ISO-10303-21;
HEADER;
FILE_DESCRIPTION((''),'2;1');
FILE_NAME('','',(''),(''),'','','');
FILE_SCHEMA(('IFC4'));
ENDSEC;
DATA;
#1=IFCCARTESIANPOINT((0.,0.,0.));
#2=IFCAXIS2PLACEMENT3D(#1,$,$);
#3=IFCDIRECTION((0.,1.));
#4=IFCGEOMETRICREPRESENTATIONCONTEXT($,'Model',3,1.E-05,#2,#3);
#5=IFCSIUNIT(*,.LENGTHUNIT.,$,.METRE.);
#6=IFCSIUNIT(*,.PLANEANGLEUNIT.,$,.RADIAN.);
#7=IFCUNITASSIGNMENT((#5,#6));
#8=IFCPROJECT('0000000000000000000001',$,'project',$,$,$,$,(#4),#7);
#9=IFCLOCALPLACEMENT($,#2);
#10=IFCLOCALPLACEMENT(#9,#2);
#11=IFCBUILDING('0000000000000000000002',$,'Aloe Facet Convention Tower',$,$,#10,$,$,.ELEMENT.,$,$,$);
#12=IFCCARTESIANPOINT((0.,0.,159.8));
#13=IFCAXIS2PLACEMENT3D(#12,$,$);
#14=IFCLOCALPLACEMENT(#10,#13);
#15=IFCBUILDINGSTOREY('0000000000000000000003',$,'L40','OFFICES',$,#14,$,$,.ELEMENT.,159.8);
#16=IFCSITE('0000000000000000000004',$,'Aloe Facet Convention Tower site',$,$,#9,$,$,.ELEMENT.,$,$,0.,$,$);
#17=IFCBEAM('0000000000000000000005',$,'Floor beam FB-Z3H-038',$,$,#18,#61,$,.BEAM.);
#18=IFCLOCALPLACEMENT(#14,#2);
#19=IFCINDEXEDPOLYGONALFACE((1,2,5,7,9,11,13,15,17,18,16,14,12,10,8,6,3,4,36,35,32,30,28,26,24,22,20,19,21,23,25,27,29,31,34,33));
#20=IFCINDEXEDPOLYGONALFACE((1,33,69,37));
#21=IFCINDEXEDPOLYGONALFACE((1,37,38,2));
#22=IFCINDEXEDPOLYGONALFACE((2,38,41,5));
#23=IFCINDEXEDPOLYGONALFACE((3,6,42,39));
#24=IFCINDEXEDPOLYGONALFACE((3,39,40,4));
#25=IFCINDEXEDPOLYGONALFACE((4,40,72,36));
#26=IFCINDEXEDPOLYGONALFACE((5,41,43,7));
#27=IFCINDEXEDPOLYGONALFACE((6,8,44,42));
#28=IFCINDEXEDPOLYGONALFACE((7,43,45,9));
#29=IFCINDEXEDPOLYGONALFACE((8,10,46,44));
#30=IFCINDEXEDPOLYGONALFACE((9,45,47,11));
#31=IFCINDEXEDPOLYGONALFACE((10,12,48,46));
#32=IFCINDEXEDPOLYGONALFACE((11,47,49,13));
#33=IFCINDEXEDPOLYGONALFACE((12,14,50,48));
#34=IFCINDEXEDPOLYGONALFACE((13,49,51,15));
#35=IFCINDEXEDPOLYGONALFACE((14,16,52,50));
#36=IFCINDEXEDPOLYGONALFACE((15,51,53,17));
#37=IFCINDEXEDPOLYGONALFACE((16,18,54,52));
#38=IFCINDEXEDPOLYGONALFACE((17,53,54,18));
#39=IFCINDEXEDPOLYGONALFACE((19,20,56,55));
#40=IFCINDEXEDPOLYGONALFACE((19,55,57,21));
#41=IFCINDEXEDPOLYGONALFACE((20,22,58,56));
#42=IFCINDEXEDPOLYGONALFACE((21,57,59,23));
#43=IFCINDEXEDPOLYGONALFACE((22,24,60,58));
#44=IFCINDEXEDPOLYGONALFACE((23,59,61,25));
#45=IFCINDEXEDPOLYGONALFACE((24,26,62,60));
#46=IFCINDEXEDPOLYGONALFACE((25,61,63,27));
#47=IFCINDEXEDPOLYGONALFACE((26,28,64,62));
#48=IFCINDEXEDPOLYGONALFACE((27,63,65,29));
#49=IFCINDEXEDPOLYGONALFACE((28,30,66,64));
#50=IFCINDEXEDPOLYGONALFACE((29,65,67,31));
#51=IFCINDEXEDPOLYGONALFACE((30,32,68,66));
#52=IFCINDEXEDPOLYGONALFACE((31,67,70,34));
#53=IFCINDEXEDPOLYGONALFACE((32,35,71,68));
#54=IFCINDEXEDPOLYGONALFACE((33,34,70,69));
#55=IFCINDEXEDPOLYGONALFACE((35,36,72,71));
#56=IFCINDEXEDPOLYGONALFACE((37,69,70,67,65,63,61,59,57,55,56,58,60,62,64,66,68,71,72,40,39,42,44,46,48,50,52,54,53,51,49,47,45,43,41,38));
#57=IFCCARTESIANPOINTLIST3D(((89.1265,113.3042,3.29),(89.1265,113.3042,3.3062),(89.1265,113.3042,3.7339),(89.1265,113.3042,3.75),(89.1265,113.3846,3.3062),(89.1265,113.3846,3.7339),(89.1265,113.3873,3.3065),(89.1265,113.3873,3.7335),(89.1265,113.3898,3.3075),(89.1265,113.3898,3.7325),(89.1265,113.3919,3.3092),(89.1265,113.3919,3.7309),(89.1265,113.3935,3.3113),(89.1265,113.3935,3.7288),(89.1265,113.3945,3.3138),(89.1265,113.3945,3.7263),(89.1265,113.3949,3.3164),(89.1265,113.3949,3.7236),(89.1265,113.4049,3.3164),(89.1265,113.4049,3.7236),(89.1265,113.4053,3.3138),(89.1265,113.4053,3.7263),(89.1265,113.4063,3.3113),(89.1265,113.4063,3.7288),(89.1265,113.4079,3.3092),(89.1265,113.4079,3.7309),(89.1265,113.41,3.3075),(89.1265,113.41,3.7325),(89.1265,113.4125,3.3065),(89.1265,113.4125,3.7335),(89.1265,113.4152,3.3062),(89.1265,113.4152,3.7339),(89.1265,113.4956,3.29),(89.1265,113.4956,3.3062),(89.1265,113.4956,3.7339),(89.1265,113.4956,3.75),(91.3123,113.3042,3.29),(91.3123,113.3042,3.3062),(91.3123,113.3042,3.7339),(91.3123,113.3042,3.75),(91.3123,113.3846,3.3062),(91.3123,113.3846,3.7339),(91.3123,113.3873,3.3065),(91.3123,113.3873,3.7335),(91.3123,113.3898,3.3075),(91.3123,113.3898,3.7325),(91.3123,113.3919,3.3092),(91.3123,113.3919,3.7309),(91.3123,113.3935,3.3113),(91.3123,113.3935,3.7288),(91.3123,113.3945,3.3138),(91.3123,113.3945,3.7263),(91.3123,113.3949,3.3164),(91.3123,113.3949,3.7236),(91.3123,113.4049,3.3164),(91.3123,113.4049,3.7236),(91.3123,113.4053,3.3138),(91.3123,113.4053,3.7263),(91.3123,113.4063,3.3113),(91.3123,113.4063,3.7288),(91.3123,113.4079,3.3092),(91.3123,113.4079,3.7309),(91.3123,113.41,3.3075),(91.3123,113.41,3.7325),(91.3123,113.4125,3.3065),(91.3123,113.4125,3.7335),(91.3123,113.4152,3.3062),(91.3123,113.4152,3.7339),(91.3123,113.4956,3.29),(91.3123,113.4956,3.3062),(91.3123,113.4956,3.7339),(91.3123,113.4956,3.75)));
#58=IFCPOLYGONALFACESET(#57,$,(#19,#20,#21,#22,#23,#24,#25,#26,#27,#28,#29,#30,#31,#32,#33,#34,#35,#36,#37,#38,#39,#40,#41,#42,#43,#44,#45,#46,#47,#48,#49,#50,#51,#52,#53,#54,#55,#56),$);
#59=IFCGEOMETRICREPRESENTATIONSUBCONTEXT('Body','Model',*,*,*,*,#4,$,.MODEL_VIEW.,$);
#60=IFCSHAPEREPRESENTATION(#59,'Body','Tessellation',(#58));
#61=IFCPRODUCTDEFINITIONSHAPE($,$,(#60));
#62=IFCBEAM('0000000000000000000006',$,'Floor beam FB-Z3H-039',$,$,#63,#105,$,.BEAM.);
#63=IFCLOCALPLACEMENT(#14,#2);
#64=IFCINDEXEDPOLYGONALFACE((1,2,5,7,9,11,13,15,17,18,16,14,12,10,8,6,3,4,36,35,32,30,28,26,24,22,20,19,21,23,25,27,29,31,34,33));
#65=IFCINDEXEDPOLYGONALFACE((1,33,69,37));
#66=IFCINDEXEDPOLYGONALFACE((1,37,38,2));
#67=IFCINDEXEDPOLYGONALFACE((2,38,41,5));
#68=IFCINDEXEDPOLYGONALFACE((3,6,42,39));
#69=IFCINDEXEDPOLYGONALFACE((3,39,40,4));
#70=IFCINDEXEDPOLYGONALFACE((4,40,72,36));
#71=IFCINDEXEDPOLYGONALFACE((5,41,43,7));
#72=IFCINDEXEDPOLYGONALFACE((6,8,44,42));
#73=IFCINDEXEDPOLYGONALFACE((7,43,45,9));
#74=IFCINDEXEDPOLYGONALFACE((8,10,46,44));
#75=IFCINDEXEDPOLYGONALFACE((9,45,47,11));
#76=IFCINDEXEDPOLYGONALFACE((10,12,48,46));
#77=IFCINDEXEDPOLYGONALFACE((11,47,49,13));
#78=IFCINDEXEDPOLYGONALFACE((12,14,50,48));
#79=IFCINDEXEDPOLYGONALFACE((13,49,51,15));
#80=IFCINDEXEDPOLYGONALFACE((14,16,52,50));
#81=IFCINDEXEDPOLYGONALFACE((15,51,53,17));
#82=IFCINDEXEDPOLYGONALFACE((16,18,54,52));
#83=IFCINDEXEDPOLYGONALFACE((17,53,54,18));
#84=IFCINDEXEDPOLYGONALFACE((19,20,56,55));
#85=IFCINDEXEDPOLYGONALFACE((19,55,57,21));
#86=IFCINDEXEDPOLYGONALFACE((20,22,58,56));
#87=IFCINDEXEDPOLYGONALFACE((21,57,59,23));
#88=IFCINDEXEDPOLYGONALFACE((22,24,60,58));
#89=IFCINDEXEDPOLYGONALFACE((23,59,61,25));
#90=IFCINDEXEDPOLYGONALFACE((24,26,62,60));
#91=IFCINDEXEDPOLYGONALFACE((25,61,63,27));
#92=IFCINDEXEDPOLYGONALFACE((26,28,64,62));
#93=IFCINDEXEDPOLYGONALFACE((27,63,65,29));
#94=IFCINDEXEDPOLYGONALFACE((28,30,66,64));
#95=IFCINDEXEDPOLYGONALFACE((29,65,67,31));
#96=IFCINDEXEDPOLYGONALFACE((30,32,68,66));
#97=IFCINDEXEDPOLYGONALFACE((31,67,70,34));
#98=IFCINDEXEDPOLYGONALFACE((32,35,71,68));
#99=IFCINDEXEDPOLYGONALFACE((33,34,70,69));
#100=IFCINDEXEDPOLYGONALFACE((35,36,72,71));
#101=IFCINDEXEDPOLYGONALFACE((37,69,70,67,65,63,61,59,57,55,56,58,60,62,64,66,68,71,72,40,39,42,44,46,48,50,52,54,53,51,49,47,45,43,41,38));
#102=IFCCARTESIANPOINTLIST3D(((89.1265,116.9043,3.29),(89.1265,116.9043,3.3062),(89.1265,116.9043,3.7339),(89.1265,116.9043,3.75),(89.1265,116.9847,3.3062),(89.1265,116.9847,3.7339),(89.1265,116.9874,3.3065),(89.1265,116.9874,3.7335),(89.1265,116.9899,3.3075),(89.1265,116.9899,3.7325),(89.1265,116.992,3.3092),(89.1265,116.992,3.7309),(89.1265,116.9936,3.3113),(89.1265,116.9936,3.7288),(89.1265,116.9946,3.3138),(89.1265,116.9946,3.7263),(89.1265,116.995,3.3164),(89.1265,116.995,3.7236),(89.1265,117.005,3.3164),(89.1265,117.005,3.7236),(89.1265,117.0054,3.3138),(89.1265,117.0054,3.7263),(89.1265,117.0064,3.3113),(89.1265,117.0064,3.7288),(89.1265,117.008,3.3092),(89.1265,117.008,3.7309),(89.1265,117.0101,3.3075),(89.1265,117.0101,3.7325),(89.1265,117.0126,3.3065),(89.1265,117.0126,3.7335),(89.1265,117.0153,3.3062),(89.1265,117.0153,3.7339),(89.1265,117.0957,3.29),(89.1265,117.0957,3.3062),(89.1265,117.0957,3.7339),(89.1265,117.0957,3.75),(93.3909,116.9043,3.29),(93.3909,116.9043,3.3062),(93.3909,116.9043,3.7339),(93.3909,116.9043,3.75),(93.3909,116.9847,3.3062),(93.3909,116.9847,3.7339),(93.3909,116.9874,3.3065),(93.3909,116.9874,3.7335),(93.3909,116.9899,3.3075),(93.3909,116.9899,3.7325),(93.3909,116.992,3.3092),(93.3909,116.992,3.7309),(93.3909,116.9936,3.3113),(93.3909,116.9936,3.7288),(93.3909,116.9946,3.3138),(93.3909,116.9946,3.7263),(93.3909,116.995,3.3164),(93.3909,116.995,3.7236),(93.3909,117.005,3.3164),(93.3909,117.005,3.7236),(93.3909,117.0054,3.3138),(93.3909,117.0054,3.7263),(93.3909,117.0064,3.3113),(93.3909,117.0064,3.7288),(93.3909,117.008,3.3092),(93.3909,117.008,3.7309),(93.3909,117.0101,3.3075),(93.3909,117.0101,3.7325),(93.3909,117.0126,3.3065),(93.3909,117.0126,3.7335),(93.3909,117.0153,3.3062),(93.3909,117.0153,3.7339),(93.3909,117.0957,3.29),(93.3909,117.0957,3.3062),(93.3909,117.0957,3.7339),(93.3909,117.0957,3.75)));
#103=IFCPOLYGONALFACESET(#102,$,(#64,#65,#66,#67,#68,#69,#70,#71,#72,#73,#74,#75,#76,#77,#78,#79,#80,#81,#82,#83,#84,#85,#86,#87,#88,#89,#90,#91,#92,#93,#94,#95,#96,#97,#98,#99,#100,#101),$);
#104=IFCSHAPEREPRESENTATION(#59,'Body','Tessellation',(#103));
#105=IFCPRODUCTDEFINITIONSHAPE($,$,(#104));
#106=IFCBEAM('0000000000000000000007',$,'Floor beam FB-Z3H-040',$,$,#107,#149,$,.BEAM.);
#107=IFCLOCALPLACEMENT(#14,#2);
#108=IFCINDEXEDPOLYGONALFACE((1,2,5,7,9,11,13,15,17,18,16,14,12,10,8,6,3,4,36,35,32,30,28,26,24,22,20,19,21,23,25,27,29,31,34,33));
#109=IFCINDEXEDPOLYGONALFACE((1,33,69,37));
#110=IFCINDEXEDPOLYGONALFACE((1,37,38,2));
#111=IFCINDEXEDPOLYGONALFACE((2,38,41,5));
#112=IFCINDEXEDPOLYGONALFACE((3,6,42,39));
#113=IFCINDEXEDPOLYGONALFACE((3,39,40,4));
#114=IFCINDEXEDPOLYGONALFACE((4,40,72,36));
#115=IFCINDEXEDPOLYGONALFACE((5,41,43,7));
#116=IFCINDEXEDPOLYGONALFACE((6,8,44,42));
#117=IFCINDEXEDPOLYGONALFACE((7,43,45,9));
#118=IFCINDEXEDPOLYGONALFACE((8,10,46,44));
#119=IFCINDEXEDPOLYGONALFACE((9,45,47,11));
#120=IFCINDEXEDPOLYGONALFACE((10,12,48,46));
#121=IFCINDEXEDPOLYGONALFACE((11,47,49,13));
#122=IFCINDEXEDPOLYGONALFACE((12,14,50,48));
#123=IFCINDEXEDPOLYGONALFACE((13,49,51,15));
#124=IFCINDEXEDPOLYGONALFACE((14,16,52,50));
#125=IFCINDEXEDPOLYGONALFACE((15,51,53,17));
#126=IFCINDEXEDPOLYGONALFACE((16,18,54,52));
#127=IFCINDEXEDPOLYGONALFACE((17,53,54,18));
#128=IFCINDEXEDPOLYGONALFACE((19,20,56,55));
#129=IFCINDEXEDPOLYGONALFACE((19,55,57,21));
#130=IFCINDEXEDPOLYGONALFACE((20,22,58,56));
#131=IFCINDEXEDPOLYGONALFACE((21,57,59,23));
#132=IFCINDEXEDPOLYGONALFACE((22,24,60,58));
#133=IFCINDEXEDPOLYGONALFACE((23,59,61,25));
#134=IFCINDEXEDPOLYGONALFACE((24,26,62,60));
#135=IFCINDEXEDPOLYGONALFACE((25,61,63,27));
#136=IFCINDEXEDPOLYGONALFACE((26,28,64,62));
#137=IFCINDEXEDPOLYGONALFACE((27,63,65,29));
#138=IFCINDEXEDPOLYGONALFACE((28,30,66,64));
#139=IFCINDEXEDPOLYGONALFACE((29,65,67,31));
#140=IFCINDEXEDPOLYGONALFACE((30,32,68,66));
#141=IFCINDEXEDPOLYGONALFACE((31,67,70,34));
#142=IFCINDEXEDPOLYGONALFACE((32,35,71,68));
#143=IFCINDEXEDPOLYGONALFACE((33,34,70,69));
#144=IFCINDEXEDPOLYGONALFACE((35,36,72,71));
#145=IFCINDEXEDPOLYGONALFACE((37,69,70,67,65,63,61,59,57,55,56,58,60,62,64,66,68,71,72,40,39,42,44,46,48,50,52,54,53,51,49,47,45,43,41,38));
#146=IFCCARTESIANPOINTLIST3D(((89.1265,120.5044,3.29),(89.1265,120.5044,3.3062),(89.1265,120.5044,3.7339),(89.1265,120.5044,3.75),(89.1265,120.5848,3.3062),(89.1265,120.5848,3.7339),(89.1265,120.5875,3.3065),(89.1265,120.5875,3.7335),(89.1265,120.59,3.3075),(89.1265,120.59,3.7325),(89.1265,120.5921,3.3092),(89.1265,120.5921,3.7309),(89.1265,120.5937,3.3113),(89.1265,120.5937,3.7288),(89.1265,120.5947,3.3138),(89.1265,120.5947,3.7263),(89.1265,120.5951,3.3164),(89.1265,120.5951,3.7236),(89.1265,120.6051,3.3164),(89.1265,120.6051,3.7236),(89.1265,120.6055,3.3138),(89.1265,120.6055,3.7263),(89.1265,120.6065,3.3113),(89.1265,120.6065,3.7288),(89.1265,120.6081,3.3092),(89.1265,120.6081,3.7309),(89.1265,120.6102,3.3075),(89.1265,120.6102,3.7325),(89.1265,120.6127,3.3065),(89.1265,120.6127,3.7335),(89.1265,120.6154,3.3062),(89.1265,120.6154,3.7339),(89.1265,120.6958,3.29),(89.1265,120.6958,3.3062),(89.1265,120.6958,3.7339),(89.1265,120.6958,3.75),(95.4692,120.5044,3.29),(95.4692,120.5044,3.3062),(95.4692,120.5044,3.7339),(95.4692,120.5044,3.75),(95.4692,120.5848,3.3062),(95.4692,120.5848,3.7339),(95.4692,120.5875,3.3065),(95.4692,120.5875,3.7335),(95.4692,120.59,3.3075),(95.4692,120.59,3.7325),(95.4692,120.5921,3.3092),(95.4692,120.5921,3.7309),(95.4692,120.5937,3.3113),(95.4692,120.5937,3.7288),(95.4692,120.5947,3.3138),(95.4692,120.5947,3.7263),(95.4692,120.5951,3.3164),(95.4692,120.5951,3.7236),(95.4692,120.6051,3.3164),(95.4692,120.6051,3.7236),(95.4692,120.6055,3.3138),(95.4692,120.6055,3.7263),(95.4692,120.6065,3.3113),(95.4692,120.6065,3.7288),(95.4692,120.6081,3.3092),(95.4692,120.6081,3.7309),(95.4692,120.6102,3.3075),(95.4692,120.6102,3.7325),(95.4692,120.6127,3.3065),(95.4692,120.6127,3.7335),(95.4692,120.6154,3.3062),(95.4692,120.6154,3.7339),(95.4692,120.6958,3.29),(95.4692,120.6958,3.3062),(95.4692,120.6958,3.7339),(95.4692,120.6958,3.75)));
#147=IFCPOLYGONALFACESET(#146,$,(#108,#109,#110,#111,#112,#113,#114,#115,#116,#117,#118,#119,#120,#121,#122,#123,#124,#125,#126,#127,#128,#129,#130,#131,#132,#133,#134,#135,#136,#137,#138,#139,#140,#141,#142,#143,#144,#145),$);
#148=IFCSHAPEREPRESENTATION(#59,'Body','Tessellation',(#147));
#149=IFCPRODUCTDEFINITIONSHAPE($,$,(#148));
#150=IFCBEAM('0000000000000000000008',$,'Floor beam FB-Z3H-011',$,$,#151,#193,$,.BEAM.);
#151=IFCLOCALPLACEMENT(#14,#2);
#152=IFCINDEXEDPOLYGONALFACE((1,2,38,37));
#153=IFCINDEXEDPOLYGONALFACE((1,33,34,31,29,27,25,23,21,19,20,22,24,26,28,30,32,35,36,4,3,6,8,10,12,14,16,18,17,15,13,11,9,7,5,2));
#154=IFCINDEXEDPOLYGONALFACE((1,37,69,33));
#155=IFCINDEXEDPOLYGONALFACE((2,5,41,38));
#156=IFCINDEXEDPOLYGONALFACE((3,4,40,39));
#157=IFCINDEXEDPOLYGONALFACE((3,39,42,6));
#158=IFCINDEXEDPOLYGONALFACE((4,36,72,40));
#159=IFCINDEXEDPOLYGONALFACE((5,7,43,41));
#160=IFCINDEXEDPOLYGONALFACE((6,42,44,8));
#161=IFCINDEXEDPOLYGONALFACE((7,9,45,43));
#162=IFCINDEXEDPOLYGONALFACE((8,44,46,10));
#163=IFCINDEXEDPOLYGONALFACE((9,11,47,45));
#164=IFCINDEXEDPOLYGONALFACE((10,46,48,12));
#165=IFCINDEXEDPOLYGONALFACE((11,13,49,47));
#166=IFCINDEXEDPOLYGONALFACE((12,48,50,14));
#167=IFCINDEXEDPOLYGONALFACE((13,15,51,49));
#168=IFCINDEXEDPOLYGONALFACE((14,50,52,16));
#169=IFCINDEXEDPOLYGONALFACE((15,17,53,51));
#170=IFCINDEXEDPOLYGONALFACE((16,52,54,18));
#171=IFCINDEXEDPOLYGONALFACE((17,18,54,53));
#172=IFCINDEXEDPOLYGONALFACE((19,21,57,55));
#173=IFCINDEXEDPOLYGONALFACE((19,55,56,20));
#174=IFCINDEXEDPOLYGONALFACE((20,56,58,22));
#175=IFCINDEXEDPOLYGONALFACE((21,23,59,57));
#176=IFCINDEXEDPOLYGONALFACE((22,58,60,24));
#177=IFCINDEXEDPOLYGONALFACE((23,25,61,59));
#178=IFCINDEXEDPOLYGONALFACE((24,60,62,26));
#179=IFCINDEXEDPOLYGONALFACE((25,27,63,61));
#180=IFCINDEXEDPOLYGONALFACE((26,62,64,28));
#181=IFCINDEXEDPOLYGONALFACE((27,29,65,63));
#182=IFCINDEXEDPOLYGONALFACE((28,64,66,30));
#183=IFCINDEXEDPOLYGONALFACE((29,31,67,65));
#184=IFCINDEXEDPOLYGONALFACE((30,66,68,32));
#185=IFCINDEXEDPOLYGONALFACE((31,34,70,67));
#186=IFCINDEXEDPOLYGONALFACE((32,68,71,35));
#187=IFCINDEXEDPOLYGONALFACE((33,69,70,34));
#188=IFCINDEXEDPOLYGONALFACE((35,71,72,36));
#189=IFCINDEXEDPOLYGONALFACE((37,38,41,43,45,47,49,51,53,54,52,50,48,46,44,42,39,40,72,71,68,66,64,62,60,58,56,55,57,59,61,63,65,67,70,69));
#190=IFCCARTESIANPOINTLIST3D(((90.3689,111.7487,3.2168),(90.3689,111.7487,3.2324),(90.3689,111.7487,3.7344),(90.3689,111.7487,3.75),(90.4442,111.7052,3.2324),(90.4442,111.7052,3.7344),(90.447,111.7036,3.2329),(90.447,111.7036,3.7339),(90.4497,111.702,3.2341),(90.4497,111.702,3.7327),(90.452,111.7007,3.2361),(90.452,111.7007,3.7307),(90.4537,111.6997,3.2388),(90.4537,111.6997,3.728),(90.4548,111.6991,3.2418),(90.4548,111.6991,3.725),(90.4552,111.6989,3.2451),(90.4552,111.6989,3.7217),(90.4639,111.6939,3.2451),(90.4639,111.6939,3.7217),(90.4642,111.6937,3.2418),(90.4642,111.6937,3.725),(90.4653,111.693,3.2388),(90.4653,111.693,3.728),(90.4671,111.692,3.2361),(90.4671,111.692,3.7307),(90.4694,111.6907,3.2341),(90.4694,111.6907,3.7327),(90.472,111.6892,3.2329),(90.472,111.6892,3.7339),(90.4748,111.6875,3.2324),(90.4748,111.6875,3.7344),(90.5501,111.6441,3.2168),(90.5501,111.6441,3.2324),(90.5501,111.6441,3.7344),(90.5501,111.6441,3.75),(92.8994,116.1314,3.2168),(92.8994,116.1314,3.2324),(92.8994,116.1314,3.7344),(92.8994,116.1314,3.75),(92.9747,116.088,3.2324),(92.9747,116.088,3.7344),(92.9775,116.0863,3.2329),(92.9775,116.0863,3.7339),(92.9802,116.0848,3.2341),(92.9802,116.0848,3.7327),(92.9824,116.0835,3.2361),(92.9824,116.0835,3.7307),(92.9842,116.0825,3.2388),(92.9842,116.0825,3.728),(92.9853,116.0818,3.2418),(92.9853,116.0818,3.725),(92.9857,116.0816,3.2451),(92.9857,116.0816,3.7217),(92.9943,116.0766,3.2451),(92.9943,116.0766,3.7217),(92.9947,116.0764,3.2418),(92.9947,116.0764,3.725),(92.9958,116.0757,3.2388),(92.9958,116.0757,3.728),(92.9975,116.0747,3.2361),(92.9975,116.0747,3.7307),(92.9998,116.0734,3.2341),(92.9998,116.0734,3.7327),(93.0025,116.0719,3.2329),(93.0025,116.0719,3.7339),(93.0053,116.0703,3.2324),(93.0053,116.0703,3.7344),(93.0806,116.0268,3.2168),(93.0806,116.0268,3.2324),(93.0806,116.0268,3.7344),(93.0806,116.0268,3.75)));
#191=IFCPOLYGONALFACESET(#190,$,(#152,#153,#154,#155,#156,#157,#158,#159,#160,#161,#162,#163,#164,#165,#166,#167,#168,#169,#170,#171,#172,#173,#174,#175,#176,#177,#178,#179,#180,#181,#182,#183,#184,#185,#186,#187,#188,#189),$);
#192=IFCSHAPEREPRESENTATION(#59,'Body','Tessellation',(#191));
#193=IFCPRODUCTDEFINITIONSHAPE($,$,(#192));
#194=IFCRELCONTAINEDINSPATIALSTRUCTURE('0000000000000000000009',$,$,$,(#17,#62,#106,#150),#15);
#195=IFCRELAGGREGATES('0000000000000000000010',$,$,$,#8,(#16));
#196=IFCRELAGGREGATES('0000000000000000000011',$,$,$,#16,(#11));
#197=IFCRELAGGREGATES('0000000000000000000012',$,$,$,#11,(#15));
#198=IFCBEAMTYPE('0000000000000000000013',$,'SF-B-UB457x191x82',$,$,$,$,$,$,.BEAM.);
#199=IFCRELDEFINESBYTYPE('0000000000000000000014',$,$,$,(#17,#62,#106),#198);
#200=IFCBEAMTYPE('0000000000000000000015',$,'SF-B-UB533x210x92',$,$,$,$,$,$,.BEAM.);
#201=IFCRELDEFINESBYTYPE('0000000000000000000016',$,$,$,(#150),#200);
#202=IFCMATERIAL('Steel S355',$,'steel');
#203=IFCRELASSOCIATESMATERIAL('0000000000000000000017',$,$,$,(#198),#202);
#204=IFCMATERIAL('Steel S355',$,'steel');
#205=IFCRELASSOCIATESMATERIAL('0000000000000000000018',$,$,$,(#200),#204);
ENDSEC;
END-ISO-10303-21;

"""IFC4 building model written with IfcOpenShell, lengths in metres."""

from ifc_helpers import new_model, si_unit, direction, frame, origin, origin_2d, place, context, subcontext, project, spatial, i_section, extrude, material, material_profile, profile_set, type_object, element, save


model = new_model("IFC4")

# Units and contexts
model_context = context("Model", 3, precision=1e-05, world=origin(), true_north=direction((0.0, 1.0)))
body_context = subcontext(model_context, "Body", "Model", "MODEL_VIEW")
ifc_project = project(units=[si_unit("LENGTHUNIT", "METRE"), si_unit("PLANEANGLEUNIT", "RADIAN")], contexts=[model_context])

# Site, building, storey
site_placement = place(None, origin())
site = spatial("IfcSite", under=ifc_project, at=site_placement, Name="Aloe Facet Convention Tower site", CompositionType="ELEMENT", RefElevation=0.0)
building_placement = place(site_placement, origin())
building = spatial("IfcBuilding", under=site, at=building_placement, Name="Aloe Facet Convention Tower", CompositionType="ELEMENT")
storey_placement = place(building_placement, frame((0.0, 0.0, 159.8)))
storey = spatial("IfcBuildingStorey", under=building, at=storey_placement, Name="L40", Description="OFFICES", CompositionType="ELEMENT", Elevation=159.8)

# Beams
ifc_material_1 = material(Name="Steel S355", Category="steel")
ifc_material_profile_1 = material_profile(ifc_material_1, i_section(OverallWidth=0.1914, OverallDepth=0.46, WebThickness=0.01, FlangeThickness=0.0161, FilletRadius=0.0103, at=origin_2d()), Name="UB 457x191x82")
ifc_profile_set_1 = profile_set([ifc_material_profile_1], Name="Steel S355")
beam_type_1 = type_object("IfcBeamType", Name="SF-B-UB457x191x82", PredefinedType="BEAM", material=ifc_profile_set_1)
beam_1_placement = place(storey_placement, frame((89.1265, 113.3999, 3.52), z_axis=(1.0, 0.0, 0.0), x_axis=(0.0, 1.0, 0.0)))
element("IfcBeam", 1, at=beam_1_placement, inside=storey, type_object=beam_type_1, Name="Floor beam FB-Z3H-038", PredefinedType="BEAM", context=body_context, shape_type="SweptSolid", body=[
    extrude(i_section(OverallWidth=0.1914, OverallDepth=0.46, WebThickness=0.01, FlangeThickness=0.0161, FilletRadius=0.0103, at=origin_2d()), origin(), (0.0, 0.0, 1.0), 2.1858),
])
beam_2_placement = place(storey_placement, frame((89.1265, 117.0, 3.52), z_axis=(1.0, 0.0, 0.0), x_axis=(0.0, 1.0, 0.0)))
element("IfcBeam", 2, at=beam_2_placement, inside=storey, type_object=beam_type_1, Name="Floor beam FB-Z3H-039", PredefinedType="BEAM", context=body_context, shape_type="SweptSolid", body=[
    extrude(i_section(OverallWidth=0.1914, OverallDepth=0.46, WebThickness=0.01, FlangeThickness=0.0161, FilletRadius=0.0103, at=origin_2d()), origin(), (0.0, 0.0, 1.0), 4.2644),
])
beam_3_placement = place(storey_placement, frame((89.1265, 120.6001, 3.52), z_axis=(1.0, 0.0, 0.0), x_axis=(0.0, 1.0, 0.0)))
element("IfcBeam", 3, at=beam_3_placement, inside=storey, type_object=beam_type_1, Name="Floor beam FB-Z3H-040", PredefinedType="BEAM", context=body_context, shape_type="SweptSolid", body=[
    extrude(i_section(OverallWidth=0.1914, OverallDepth=0.46, WebThickness=0.01, FlangeThickness=0.0161, FilletRadius=0.0103, at=origin_2d()), origin(), (0.0, 0.0, 1.0), 6.3428),
])
ifc_material_2 = material(Name="Steel S355", Category="steel")
ifc_material_profile_2 = material_profile(ifc_material_2, i_section(OverallWidth=0.2092, OverallDepth=0.5332, WebThickness=0.01, FlangeThickness=0.0156, FilletRadius=0.0127, at=origin_2d()), Name="UB 533x210x92")
ifc_profile_set_2 = profile_set([ifc_material_profile_2], Name="Steel S355")
beam_type_2 = type_object("IfcBeamType", Name="SF-B-UB533x210x92", PredefinedType="BEAM", material=ifc_profile_set_2)
beam_4_placement = place(storey_placement, frame((92.99, 116.0791, 3.4834), z_axis=(-0.500015, -0.866017, 0.0), x_axis=(0.866017, -0.500015, 0.0)))
element("IfcBeam", 4, at=beam_4_placement, inside=storey, type_object=beam_type_2, Name="Floor beam FB-Z3H-011", PredefinedType="BEAM", context=body_context, shape_type="SweptSolid", body=[
    extrude(i_section(OverallWidth=0.2092, OverallDepth=0.5332, WebThickness=0.01, FlangeThickness=0.0156, FilletRadius=0.0127, at=origin_2d()), origin(), (0.0, 0.0, 1.0), 5.0608),
])

save(model, "model.ifc")
